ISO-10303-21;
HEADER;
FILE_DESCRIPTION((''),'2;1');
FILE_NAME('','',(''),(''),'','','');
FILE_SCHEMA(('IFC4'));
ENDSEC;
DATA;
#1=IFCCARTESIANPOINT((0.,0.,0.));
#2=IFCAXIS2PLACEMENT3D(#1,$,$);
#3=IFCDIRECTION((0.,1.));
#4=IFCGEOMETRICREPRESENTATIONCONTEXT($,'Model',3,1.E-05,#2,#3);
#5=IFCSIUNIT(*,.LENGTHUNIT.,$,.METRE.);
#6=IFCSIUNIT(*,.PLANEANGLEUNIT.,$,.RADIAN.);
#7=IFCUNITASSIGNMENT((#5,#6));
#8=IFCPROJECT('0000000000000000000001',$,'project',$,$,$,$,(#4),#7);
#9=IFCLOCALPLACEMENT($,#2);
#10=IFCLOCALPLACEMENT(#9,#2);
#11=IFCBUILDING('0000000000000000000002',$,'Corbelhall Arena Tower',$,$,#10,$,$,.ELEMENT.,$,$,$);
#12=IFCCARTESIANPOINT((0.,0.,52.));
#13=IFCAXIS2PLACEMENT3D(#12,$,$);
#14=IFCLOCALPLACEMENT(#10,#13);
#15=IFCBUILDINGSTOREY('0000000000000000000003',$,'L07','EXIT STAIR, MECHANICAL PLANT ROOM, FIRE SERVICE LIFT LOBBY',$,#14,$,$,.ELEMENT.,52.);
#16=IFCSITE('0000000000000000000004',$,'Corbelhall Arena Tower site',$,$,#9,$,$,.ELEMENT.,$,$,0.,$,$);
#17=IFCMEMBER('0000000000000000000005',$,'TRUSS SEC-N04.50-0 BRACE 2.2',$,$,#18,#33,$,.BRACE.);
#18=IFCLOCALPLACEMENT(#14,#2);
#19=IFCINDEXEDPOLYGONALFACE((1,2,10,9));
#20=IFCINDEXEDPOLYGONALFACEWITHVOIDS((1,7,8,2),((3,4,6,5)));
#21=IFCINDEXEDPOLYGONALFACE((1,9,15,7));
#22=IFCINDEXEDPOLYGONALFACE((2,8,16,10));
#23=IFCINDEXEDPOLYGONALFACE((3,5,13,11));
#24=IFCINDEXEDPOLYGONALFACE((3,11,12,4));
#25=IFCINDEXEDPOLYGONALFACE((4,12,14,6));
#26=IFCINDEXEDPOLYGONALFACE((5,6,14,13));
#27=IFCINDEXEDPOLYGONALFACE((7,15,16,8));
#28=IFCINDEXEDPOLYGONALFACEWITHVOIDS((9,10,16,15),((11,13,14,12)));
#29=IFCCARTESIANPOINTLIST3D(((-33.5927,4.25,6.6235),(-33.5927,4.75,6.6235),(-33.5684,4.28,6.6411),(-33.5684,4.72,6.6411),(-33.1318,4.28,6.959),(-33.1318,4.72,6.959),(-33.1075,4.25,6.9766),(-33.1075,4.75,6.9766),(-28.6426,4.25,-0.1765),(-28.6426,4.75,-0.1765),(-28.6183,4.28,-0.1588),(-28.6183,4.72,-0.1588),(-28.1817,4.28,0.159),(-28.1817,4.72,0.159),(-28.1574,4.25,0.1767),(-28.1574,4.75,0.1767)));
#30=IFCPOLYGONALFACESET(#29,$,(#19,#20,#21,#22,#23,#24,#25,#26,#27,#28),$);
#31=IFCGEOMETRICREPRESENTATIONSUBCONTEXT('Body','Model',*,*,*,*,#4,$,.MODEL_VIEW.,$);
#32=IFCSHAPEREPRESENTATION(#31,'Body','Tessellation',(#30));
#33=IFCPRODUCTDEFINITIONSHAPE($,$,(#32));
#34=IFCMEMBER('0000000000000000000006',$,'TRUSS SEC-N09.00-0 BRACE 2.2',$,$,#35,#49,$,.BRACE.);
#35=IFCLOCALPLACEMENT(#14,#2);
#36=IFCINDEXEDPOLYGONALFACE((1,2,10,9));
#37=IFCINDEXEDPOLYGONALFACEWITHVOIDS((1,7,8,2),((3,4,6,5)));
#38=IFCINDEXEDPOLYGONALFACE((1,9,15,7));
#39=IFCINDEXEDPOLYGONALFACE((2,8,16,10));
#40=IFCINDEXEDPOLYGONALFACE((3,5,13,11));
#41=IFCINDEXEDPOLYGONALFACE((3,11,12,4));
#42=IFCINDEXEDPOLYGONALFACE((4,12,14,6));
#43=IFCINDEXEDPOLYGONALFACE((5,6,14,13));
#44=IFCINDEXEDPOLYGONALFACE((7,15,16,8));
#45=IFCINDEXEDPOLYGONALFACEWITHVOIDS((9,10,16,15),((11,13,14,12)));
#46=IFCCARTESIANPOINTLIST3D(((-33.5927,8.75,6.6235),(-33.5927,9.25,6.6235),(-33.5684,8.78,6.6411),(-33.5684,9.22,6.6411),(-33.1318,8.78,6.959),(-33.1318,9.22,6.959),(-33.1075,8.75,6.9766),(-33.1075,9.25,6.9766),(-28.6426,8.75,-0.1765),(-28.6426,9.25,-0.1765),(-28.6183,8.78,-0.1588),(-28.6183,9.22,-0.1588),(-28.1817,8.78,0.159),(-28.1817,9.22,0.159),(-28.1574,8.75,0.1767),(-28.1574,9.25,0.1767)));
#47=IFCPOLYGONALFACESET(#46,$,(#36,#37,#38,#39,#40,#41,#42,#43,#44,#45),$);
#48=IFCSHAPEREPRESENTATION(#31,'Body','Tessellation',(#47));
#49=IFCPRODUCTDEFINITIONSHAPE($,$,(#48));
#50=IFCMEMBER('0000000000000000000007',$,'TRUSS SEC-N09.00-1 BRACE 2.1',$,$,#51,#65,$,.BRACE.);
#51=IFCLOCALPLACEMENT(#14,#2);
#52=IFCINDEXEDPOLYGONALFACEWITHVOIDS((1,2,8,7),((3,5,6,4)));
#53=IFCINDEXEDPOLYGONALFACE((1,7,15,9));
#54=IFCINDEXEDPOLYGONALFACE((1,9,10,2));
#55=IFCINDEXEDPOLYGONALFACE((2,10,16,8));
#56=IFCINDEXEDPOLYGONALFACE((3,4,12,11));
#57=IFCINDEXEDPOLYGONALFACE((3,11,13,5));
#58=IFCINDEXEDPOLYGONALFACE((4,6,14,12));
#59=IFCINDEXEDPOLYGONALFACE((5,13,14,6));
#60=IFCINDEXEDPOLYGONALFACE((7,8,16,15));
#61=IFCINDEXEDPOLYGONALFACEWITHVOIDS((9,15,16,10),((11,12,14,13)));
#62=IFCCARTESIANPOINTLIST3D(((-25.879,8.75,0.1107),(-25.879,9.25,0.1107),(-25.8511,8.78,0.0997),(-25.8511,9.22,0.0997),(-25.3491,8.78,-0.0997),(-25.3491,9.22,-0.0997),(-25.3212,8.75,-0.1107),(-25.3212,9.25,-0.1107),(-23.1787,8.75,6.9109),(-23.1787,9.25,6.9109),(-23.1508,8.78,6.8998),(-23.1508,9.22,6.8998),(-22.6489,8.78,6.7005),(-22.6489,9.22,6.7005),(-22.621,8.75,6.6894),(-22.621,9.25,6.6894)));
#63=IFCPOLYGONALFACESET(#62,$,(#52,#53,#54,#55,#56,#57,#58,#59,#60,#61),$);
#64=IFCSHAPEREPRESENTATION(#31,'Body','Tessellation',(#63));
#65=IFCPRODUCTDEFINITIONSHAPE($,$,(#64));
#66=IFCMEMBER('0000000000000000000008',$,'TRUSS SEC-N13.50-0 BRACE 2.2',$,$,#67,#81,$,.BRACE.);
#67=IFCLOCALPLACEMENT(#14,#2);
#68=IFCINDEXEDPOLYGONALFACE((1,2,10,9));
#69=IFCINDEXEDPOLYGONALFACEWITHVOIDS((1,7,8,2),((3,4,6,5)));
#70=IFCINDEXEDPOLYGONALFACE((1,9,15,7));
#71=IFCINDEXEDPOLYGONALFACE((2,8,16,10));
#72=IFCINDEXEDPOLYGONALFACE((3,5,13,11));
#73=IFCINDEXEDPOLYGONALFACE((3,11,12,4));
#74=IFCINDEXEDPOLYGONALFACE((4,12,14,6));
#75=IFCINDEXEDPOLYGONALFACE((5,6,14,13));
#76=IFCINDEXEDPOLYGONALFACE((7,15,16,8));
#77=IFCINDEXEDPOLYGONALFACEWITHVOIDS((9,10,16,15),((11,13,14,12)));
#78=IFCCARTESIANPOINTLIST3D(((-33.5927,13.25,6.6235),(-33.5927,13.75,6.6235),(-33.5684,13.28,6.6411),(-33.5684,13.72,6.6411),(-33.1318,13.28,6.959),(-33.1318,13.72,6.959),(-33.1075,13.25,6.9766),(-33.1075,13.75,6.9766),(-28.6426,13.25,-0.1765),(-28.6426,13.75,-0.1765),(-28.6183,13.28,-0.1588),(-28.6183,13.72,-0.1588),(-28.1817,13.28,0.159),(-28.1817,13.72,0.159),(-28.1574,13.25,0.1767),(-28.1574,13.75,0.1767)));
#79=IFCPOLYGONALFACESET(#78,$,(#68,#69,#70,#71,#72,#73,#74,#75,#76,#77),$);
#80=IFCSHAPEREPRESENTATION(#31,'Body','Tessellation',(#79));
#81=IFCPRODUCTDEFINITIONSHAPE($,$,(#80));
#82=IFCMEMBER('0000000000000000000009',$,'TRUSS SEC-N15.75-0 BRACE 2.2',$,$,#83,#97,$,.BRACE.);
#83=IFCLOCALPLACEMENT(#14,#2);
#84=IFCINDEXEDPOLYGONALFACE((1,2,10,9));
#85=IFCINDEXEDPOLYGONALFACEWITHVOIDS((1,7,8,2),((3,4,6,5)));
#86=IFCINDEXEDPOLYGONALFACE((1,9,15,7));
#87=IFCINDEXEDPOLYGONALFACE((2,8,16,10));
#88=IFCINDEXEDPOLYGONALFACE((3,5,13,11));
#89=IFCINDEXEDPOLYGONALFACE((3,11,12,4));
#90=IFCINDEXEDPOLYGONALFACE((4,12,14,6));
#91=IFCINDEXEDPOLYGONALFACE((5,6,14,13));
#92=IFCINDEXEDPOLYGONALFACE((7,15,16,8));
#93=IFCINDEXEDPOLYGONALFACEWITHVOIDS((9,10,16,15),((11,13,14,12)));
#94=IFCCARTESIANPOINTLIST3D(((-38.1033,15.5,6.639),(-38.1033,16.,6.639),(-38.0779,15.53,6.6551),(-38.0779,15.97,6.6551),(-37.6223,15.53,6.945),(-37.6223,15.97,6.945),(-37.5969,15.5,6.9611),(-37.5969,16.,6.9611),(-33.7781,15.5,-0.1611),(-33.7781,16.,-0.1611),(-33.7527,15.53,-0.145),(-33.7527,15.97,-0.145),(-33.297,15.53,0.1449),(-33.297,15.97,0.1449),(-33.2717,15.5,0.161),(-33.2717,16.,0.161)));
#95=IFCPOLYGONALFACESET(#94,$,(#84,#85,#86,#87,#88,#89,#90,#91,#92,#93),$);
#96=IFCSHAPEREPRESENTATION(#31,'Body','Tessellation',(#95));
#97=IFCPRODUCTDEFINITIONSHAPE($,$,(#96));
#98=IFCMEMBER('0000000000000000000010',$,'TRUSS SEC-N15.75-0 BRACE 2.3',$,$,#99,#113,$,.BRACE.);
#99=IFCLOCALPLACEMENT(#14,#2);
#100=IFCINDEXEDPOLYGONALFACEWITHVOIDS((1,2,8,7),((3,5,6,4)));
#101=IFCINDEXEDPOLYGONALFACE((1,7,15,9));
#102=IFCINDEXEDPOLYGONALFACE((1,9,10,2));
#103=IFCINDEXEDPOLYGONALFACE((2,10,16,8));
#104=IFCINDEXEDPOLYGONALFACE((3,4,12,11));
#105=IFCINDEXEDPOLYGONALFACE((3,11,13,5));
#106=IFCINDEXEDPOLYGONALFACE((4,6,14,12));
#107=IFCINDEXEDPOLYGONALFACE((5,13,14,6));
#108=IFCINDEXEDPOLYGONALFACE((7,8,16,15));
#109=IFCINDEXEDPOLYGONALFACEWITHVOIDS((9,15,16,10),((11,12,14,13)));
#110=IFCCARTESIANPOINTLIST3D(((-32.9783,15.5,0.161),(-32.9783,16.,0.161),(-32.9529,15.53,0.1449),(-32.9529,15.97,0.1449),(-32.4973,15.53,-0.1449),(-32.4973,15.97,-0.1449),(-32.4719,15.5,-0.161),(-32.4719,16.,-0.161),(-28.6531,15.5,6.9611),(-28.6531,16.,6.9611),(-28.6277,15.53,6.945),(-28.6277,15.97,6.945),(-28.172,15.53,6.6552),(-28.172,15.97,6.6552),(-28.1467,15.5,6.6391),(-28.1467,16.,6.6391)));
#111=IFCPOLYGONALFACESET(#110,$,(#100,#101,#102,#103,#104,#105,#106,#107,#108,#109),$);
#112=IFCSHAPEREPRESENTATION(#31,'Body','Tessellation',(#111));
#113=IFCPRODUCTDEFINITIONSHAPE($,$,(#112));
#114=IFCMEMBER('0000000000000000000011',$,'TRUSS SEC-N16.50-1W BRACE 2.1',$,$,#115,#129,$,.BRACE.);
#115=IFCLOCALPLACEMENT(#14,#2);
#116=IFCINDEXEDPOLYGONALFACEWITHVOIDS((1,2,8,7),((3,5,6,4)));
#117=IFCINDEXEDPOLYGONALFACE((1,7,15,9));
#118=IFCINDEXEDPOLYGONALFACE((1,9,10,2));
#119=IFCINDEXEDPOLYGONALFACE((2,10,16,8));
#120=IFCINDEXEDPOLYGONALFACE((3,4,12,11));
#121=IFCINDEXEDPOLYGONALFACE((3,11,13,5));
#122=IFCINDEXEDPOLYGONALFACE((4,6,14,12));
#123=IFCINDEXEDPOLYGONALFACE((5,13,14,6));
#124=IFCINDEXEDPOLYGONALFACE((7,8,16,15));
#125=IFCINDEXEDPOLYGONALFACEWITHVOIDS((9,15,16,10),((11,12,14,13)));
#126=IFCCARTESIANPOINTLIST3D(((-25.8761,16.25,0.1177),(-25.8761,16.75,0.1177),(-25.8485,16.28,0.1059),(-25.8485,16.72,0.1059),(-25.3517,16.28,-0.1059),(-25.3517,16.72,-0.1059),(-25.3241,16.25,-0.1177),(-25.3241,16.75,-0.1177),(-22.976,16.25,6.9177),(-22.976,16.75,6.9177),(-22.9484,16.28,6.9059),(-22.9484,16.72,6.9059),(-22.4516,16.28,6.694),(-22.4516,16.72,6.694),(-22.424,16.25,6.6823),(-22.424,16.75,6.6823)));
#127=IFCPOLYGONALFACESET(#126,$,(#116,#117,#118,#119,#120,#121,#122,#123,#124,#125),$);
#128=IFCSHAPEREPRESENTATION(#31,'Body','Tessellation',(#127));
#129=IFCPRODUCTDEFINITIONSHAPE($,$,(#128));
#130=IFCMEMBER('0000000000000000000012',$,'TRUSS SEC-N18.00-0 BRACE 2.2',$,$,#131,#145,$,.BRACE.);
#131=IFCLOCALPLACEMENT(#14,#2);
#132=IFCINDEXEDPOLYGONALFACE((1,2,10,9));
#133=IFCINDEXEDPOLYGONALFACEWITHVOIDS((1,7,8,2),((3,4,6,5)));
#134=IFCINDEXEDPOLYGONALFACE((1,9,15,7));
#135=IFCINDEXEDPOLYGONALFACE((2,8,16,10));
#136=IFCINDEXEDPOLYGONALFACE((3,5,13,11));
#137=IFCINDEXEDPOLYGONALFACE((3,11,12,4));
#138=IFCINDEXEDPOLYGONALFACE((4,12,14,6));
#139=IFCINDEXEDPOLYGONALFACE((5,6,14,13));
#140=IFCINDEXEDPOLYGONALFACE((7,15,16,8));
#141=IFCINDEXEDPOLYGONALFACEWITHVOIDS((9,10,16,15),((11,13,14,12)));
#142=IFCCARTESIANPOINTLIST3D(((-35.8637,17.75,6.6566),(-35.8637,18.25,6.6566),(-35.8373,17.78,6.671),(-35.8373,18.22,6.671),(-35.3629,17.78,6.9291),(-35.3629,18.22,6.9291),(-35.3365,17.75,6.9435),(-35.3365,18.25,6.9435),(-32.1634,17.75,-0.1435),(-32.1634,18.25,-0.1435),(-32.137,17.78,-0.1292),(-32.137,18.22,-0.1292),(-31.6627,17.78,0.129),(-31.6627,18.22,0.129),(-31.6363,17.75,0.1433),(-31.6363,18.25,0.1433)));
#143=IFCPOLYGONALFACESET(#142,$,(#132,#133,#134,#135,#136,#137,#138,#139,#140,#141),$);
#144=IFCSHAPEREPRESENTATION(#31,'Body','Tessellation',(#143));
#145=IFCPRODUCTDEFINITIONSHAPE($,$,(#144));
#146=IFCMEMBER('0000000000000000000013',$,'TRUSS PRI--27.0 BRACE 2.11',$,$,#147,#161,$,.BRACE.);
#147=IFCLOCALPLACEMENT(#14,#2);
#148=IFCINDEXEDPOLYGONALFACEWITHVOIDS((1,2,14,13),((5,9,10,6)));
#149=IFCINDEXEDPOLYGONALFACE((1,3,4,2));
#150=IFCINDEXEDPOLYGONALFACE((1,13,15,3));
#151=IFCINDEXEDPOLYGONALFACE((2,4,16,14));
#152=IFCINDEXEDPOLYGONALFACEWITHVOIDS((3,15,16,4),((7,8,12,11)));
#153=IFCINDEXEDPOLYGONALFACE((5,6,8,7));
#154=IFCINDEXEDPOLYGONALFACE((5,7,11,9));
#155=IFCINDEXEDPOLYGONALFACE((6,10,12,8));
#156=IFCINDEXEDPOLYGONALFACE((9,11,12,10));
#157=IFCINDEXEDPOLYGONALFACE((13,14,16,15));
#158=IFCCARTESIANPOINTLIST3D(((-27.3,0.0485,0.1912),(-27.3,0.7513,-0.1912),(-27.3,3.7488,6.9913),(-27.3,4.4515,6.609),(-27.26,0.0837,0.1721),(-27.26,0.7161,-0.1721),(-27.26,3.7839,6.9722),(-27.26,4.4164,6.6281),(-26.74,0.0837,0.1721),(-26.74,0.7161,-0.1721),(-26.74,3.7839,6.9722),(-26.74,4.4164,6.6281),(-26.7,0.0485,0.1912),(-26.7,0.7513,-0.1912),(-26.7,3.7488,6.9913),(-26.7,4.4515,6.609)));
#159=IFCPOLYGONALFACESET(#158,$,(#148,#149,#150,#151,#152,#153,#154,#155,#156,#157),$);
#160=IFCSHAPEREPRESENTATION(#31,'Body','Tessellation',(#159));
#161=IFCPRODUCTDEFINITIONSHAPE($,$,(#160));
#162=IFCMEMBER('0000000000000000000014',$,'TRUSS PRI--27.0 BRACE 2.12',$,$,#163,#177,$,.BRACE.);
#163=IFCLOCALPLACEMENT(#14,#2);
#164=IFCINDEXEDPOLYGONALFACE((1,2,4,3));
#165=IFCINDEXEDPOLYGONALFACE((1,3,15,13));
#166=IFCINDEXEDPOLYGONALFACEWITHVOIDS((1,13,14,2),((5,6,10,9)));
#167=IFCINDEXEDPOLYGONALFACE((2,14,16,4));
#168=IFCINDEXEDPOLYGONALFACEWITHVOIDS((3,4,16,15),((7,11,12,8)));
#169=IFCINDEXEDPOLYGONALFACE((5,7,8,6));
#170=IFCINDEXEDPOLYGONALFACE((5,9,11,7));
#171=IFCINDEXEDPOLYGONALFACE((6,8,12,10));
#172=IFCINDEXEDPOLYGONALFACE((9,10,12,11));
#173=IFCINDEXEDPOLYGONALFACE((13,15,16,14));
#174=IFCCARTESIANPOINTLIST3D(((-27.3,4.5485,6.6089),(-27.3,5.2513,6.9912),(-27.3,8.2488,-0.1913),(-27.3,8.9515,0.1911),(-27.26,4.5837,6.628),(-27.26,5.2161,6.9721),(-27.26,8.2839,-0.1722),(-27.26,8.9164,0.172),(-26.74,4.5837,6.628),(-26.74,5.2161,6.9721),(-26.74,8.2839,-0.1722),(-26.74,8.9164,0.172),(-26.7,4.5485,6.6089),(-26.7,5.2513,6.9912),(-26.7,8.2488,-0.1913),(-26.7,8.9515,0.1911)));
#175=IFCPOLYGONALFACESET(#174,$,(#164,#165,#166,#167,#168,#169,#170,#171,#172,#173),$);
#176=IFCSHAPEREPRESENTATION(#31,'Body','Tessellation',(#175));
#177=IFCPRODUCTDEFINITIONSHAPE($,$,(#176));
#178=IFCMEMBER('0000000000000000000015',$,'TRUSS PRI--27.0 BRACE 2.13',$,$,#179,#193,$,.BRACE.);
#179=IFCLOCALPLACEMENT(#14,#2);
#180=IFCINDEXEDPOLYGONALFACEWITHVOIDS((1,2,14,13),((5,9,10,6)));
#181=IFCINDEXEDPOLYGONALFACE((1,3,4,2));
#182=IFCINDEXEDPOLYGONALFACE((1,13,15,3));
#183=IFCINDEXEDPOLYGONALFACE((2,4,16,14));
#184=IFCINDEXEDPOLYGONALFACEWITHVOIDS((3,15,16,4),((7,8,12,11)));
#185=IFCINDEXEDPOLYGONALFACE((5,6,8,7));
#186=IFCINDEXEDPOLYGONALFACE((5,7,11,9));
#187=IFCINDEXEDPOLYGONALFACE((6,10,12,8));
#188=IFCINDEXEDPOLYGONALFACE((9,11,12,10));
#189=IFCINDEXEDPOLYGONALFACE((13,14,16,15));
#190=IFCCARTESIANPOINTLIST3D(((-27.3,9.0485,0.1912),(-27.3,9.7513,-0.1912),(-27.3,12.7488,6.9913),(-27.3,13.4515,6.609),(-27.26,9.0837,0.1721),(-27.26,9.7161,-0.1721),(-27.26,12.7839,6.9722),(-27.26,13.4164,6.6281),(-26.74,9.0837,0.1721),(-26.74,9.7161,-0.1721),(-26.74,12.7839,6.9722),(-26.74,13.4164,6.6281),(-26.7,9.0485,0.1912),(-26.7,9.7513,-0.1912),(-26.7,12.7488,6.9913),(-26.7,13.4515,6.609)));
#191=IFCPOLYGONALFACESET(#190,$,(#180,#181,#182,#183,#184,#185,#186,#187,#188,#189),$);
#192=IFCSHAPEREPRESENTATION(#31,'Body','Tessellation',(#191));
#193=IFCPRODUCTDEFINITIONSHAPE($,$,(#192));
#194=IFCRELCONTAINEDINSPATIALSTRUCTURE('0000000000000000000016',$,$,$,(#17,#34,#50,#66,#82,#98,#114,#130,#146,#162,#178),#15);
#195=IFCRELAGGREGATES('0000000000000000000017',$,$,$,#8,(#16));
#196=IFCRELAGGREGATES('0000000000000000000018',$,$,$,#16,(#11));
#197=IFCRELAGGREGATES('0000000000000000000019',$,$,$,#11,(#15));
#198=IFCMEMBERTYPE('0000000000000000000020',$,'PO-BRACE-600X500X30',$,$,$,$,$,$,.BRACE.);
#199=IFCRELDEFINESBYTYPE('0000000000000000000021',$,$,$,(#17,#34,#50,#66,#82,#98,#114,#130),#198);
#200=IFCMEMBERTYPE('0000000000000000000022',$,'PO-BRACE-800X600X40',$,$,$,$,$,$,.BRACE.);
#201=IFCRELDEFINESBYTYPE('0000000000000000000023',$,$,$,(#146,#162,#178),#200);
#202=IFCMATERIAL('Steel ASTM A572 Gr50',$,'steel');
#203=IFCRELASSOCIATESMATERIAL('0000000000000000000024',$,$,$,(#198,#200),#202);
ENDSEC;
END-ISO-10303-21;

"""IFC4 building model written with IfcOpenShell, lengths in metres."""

from ifc_helpers import new_model, si_unit, direction, frame, origin, origin_2d, place, context, subcontext, project, spatial, hollow_rectangle, extrude, material, material_profile, profile_set, type_object, element, save


model = new_model("IFC4")

# Units and contexts
model_context = context("Model", 3, precision=1e-05, world=origin(), true_north=direction((0.0, 1.0)))
body_context = subcontext(model_context, "Body", "Model", "MODEL_VIEW")
ifc_project = project(units=[si_unit("LENGTHUNIT", "METRE"), si_unit("PLANEANGLEUNIT", "RADIAN")], contexts=[model_context])

# Site, building, storey
site_placement = place(None, origin())
site = spatial("IfcSite", under=ifc_project, at=site_placement, Name="Corbelhall Arena Tower site", CompositionType="ELEMENT", RefElevation=0.0)
building_placement = place(site_placement, origin())
building = spatial("IfcBuilding", under=site, at=building_placement, Name="Corbelhall Arena Tower", CompositionType="ELEMENT")
storey_placement = place(building_placement, frame((0.0, 0.0, 52.0)))
storey = spatial("IfcBuildingStorey", under=building, at=storey_placement, Name="L07", Description="EXIT STAIR, MECHANICAL PLANT ROOM, FIRE SERVICE LIFT LOBBY", CompositionType="ELEMENT", Elevation=52.0)

# Members
ifc_material = material(Name="Steel ASTM A572 Gr50", Category="steel")
ifc_material_profile_1 = material_profile(ifc_material, hollow_rectangle(XDim=0.5, YDim=0.6001, WallThickness=0.03, at=origin_2d()))
ifc_profile_set_1 = profile_set([ifc_material_profile_1], Name="Steel ASTM A572 Gr50")
member_type_1 = type_object("IfcMemberType", Name="PO-BRACE-600X500X30", PredefinedType="BRACE", material=ifc_profile_set_1)
for number, where, z_axis, x_axis, name in (
    (1, (-33.3501, 4.5, 6.8), (0.588538, 0.0, -0.80847), (0.0, 1.0, 0.0), "TRUSS SEC-N04.50-0 BRACE 2.2"),
    (2, (-33.3501, 9.0, 6.8), (0.588538, 0.0, -0.80847), (0.0, 1.0, 0.0), "TRUSS SEC-N09.00-0 BRACE 2.2"),
):
    element("IfcMember", number, at=place(storey_placement, frame(where, z_axis=z_axis, x_axis=x_axis)), inside=storey, type_object=member_type_1, Name=name, PredefinedType="BRACE", context=body_context, shape_type="SweptSolid", body=[
        extrude(hollow_rectangle(XDim=0.5, YDim=0.6001, WallThickness=0.03, at=origin_2d()), origin(), (0.0, 0.0, 1.0), 8.4109),
    ])
member_1_placement = place(storey_placement, frame((-25.6001, 9.0, 0.0), z_axis=(0.369054, 0.0, 0.929408), x_axis=(0.0, 1.0, 0.0)))
element("IfcMember", 3, at=member_1_placement, inside=storey, type_object=member_type_1, Name="TRUSS SEC-N09.00-1 BRACE 2.1", PredefinedType="BRACE", context=body_context, shape_type="SweptSolid", body=[
    extrude(hollow_rectangle(XDim=0.5, YDim=0.6001, WallThickness=0.03, at=origin_2d()), origin(), (0.0, 0.0, 1.0), 7.3167),
])
member_2_placement = place(storey_placement, frame((-33.3501, 13.5, 6.8), z_axis=(0.588538, 0.0, -0.80847), x_axis=(0.0, 1.0, 0.0)))
element("IfcMember", 4, at=member_2_placement, inside=storey, type_object=member_type_1, Name="TRUSS SEC-N13.50-0 BRACE 2.2", PredefinedType="BRACE", context=body_context, shape_type="SweptSolid", body=[
    extrude(hollow_rectangle(XDim=0.5, YDim=0.6001, WallThickness=0.03, at=origin_2d()), origin(), (0.0, 0.0, 1.0), 8.4109),
])
for number, where, z_axis, x_axis, name in (
    (5, (-37.8501, 15.75, 6.8), (0.536689, 0.0, -0.84378), (0.0, 1.0, 0.0), "TRUSS SEC-N15.75-0 BRACE 2.2"),
    (6, (-32.7251, 15.75, 0.0), (0.536689, 0.0, 0.84378), (0.0, 1.0, 0.0), "TRUSS SEC-N15.75-0 BRACE 2.3"),
):
    element("IfcMember", number, at=place(storey_placement, frame(where, z_axis=z_axis, x_axis=x_axis)), inside=storey, type_object=member_type_1, Name=name, PredefinedType="BRACE", context=body_context, shape_type="SweptSolid", body=[
        extrude(hollow_rectangle(XDim=0.5, YDim=0.6001, WallThickness=0.03, at=origin_2d()), origin(), (0.0, 0.0, 1.0), 8.0591),
    ])
member_3_placement = place(storey_placement, frame((-25.6001, 16.5, 0.0), z_axis=(0.3923, 0.0, 0.919837), x_axis=(0.0, 1.0, 0.0)))
element("IfcMember", 7, at=member_3_placement, inside=storey, type_object=member_type_1, Name="TRUSS SEC-N16.50-1W BRACE 2.1", PredefinedType="BRACE", context=body_context, shape_type="SweptSolid", body=[
    extrude(hollow_rectangle(XDim=0.5, YDim=0.6001, WallThickness=0.03, at=origin_2d()), origin(), (0.0, 0.0, 1.0), 7.3926),
])
member_4_placement = place(storey_placement, frame((-35.6001, 18.0, 6.8), z_axis=(0.477964, 0.0, -0.87838), x_axis=(0.0, 1.0, 0.0)))
element("IfcMember", 8, at=member_4_placement, inside=storey, type_object=member_type_1, Name="TRUSS SEC-N18.00-0 BRACE 2.2", PredefinedType="BRACE", context=body_context, shape_type="SweptSolid", body=[
    extrude(hollow_rectangle(XDim=0.5, YDim=0.6001, WallThickness=0.03, at=origin_2d()), origin(), (0.0, 0.0, 1.0), 7.7417),
])
ifc_material_profile_2 = material_profile(ifc_material, hollow_rectangle(XDim=0.6001, YDim=0.8, WallThickness=0.04, at=origin_2d()))
ifc_profile_set_2 = profile_set([ifc_material_profile_2], Name="Steel ASTM A572 Gr50")
member_type_2 = type_object("IfcMemberType", Name="PO-BRACE-800X600X40", PredefinedType="BRACE", material=ifc_profile_set_2)
for number, where, z_axis, x_axis, name in (
    (9, (-27.0, 0.3999, 0.0), (0.0, 0.477964, 0.87838), (-1.0, 0.0, 0.0), "TRUSS PRI--27.0 BRACE 2.11"),
    (10, (-27.0, 4.8999, 6.8), (0.0, 0.477964, -0.87838), (-1.0, 0.0, 0.0), "TRUSS PRI--27.0 BRACE 2.12"),
    (11, (-27.0, 9.3999, 0.0), (0.0, 0.477964, 0.87838), (-1.0, 0.0, 0.0), "TRUSS PRI--27.0 BRACE 2.13"),
):
    element("IfcMember", number, at=place(storey_placement, frame(where, z_axis=z_axis, x_axis=x_axis)), inside=storey, type_object=member_type_2, Name=name, PredefinedType="BRACE", context=body_context, shape_type="SweptSolid", body=[
        extrude(hollow_rectangle(XDim=0.6001, YDim=0.8, WallThickness=0.04, at=origin_2d()), origin(), (0.0, 0.0, 1.0), 7.7417),
    ])

save(model, "model.ifc")
